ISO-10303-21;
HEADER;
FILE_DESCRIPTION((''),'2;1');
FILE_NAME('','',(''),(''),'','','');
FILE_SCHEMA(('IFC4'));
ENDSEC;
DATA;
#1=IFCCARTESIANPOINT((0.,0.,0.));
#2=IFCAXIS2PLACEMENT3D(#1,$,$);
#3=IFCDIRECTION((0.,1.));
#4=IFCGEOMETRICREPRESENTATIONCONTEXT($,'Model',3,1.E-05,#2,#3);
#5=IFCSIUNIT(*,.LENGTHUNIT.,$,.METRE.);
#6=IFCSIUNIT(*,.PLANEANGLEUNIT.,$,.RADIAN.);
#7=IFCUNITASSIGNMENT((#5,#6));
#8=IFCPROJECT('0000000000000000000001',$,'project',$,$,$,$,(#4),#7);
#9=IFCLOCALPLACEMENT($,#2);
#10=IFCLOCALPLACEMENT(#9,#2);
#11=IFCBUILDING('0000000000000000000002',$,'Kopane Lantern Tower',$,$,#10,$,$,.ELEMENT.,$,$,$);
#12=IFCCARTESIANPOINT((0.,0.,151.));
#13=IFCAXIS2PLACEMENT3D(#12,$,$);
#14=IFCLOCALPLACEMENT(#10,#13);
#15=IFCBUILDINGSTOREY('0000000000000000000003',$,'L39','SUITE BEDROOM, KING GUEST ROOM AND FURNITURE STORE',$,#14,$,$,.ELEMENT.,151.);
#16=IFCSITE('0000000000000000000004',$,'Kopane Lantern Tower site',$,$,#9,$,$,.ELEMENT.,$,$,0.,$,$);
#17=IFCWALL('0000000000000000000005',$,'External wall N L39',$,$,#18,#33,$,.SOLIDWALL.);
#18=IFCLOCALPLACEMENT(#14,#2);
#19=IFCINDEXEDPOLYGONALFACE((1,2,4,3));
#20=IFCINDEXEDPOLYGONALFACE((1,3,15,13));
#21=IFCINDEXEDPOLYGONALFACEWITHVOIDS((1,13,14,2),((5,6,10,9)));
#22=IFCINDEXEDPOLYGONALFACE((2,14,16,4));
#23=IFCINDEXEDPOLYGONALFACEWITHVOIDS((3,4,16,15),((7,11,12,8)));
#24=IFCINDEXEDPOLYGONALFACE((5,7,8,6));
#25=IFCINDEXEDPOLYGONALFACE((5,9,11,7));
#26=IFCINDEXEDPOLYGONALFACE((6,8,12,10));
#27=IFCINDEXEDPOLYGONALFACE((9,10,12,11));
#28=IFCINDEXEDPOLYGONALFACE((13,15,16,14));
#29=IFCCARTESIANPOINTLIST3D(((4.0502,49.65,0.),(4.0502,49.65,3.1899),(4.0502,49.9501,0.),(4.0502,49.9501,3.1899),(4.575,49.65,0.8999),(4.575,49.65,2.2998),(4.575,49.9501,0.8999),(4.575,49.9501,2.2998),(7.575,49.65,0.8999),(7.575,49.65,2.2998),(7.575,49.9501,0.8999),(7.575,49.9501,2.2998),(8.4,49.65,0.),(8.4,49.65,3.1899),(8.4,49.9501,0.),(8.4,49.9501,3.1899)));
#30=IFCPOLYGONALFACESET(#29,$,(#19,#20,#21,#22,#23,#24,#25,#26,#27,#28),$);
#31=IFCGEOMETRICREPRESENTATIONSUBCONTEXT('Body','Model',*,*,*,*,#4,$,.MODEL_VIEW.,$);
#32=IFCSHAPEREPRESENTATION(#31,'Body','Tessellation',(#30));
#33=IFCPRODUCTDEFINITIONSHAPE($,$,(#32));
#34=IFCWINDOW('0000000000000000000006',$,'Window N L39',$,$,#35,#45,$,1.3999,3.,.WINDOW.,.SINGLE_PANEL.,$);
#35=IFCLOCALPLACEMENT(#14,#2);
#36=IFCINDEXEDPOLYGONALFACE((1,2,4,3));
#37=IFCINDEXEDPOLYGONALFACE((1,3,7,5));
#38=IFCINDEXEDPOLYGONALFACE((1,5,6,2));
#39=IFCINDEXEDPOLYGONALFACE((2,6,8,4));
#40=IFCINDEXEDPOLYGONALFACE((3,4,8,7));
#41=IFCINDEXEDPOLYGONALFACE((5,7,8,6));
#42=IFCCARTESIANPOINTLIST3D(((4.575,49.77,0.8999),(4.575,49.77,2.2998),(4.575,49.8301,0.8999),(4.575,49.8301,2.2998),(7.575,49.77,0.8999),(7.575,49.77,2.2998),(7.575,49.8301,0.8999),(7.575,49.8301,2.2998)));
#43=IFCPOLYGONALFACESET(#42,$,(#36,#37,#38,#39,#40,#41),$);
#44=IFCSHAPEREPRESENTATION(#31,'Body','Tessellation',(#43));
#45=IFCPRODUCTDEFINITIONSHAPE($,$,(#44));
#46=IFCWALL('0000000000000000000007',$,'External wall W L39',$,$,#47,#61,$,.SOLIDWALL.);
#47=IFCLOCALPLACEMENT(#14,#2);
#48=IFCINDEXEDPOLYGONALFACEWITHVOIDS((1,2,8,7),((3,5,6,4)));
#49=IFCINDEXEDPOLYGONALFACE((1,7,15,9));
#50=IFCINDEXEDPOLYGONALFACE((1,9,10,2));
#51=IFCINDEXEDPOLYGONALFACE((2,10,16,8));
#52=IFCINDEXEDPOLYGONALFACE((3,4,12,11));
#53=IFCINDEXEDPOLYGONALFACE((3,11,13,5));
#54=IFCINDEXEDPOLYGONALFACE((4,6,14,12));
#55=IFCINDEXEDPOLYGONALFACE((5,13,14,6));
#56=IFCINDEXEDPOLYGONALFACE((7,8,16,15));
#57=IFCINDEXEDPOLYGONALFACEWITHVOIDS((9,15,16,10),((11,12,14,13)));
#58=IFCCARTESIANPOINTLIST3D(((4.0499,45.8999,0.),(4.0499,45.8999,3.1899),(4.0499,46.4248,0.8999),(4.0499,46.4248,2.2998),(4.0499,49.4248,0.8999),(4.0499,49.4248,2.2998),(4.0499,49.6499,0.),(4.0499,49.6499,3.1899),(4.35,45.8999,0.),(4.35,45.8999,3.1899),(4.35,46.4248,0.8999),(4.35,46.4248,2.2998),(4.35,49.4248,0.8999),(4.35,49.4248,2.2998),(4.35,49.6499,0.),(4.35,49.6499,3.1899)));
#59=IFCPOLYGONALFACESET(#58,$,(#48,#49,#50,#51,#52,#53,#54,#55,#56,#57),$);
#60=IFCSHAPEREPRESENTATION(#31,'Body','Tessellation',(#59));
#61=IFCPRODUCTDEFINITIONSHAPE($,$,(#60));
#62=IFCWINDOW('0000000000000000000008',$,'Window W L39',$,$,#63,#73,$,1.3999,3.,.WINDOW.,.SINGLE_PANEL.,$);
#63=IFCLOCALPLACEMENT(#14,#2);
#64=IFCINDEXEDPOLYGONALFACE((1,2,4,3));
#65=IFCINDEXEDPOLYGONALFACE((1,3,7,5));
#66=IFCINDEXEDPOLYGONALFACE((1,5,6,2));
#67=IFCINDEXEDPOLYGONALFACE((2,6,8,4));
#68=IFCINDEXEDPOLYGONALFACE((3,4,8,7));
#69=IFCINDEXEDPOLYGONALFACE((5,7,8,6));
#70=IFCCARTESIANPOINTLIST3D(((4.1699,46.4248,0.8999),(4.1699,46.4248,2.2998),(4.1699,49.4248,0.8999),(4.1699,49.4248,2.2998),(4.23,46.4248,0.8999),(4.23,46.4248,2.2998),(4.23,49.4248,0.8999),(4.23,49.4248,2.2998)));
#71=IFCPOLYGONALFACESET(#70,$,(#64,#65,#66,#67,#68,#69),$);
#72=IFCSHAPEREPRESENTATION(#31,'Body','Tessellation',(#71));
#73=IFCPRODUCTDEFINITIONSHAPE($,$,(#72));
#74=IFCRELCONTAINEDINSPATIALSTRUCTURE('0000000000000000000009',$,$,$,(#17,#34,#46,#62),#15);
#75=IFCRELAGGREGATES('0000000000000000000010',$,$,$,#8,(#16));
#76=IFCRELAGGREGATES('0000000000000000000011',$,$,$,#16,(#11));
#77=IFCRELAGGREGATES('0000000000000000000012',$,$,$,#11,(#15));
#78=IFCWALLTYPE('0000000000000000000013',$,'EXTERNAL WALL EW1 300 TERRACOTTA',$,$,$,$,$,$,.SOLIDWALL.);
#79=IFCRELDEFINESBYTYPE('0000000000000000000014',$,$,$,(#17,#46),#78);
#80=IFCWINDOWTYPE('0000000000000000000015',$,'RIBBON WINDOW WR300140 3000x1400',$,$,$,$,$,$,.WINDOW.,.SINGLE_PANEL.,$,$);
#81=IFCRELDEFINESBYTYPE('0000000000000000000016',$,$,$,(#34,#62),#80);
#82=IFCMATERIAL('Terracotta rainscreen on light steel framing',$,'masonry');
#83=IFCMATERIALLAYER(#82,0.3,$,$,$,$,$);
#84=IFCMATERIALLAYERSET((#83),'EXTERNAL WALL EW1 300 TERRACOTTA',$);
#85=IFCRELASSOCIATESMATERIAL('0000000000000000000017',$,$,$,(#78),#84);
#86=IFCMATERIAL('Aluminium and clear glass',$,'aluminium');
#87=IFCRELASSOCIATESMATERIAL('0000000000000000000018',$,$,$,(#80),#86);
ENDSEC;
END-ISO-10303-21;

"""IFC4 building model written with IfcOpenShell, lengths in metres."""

from ifc_helpers import new_model, si_unit, direction, frame, frame_2d, origin, place, context, subcontext, project, spatial, rectangle, extrude, material, layer, layer_set, type_object, element, fill, save


model = new_model("IFC4")

# Units and contexts
model_context = context("Model", 3, precision=1e-05, world=origin(), true_north=direction((0.0, 1.0)))
body_context = subcontext(model_context, "Body", "Model", "MODEL_VIEW")
ifc_project = project(units=[si_unit("LENGTHUNIT", "METRE"), si_unit("PLANEANGLEUNIT", "RADIAN")], contexts=[model_context])

# Site, building, storey
site_placement = place(None, origin())
site = spatial("IfcSite", under=ifc_project, at=site_placement, Name="Kopane Lantern Tower site", CompositionType="ELEMENT", RefElevation=0.0)
building_placement = place(site_placement, origin())
building = spatial("IfcBuilding", under=site, at=building_placement, Name="Kopane Lantern Tower", CompositionType="ELEMENT")
storey_placement = place(building_placement, frame((0.0, 0.0, 151.0)))
storey = spatial("IfcBuildingStorey", under=building, at=storey_placement, Name="L39", Description="SUITE BEDROOM, KING GUEST ROOM AND FURNITURE STORE", CompositionType="ELEMENT", Elevation=151.0)

# Walls, openings, windows
ifc_material_1 = material(Name="Terracotta rainscreen on light steel framing", Category="masonry")
ifc_layer_1 = layer(ifc_material_1, 0.3)
ifc_layer_set_1 = layer_set([ifc_layer_1], Name="EXTERNAL WALL EW1 300 TERRACOTTA")
wall_type_1 = type_object("IfcWallType", Name="EXTERNAL WALL EW1 300 TERRACOTTA", PredefinedType="SOLIDWALL", material=ifc_layer_set_1)
ifc_material_2 = material(Name="Aluminium and clear glass", Category="aluminium")
window_type = type_object("IfcWindowType", Name="RIBBON WINDOW WR300140 3000x1400", PartitioningType="SINGLE_PANEL", PredefinedType="WINDOW", material=ifc_material_2)
wall_1_placement = place(storey_placement, frame((8.3999, 49.8, 0.0), z_axis=(0.0, 0.0, 1.0), x_axis=(-1.0, 0.0, 0.0)))
wall_1 = element("IfcWall", 1, at=wall_1_placement, inside=storey, type_object=wall_type_1, Name="External wall N L39", PredefinedType="SOLIDWALL", context=body_context, shape_type="SweptSolid", body=[
    extrude(rectangle(XDim=4.3499, YDim=0.3, at=frame_2d((2.1748, 0.0))), origin(), (0.0, 0.0, 1.0), 3.1899),
])
opening_1_placement = place(wall_1_placement, frame((0.825, 0.0, 0.8999)))
opening_1 = element("IfcOpeningElement", 2, at=opening_1_placement, cuts=wall_1, PredefinedType="OPENING", context=body_context, shape_type="SweptSolid", body=[
    extrude(rectangle(XDim=3.0, YDim=1.3999, at=frame_2d((1.5, 0.7))), frame((0.0, 0.1599, 0.0), z_axis=(0.0, -1.0, 0.0), x_axis=(1.0, 0.0, 0.0)), (0.0, 0.0, 1.0), 0.3201),
])
window_1_placement = place(opening_1_placement, origin())
window_1 = element("IfcWindow", 3, at=window_1_placement, inside=storey, type_object=window_type, Name="Window N L39", OverallHeight=1.3999, OverallWidth=3.0, PartitioningType="SINGLE_PANEL", PredefinedType="WINDOW", context=body_context, shape_type="SweptSolid", body=[
    extrude(rectangle(XDim=3.0, YDim=1.3999, at=frame_2d((1.5, 0.7))), frame((0.0, 0.03, 0.0), z_axis=(0.0, -1.0, 0.0), x_axis=(1.0, 0.0, 0.0)), (0.0, 0.0, 1.0), 0.0601),
])
fill(opening_1, window_1)
wall_2_placement = place(storey_placement, frame((4.2, 49.6499, 0.0), z_axis=(0.0, 0.0, 1.0), x_axis=(0.0, -1.0, 0.0)))
wall_2 = element("IfcWall", 4, at=wall_2_placement, inside=storey, type_object=wall_type_1, Name="External wall W L39", PredefinedType="SOLIDWALL", context=body_context, shape_type="SweptSolid", body=[
    extrude(rectangle(XDim=3.75, YDim=0.3, at=frame_2d((1.875, 0.0))), origin(), (0.0, 0.0, 1.0), 3.1899),
])
opening_2_placement = place(wall_2_placement, frame((0.2251, 0.0, 0.8999)))
opening_2 = element("IfcOpeningElement", 5, at=opening_2_placement, cuts=wall_2, PredefinedType="OPENING", context=body_context, shape_type="SweptSolid", body=[
    extrude(rectangle(XDim=3.0, YDim=1.3999, at=frame_2d((1.5, 0.7))), frame((0.0, 0.1599, 0.0), z_axis=(0.0, -1.0, 0.0), x_axis=(1.0, 0.0, 0.0)), (0.0, 0.0, 1.0), 0.3201),
])
window_2_placement = place(opening_2_placement, origin())
window_2 = element("IfcWindow", 6, at=window_2_placement, inside=storey, type_object=window_type, Name="Window W L39", OverallHeight=1.3999, OverallWidth=3.0, PartitioningType="SINGLE_PANEL", PredefinedType="WINDOW", context=body_context, shape_type="SweptSolid", body=[
    extrude(rectangle(XDim=3.0, YDim=1.3999, at=frame_2d((1.5, 0.7))), frame((0.0, 0.03, 0.0), z_axis=(0.0, -1.0, 0.0), x_axis=(1.0, 0.0, 0.0)), (0.0, 0.0, 1.0), 0.0601),
])
fill(opening_2, window_2)

save(model, "model.ifc")
